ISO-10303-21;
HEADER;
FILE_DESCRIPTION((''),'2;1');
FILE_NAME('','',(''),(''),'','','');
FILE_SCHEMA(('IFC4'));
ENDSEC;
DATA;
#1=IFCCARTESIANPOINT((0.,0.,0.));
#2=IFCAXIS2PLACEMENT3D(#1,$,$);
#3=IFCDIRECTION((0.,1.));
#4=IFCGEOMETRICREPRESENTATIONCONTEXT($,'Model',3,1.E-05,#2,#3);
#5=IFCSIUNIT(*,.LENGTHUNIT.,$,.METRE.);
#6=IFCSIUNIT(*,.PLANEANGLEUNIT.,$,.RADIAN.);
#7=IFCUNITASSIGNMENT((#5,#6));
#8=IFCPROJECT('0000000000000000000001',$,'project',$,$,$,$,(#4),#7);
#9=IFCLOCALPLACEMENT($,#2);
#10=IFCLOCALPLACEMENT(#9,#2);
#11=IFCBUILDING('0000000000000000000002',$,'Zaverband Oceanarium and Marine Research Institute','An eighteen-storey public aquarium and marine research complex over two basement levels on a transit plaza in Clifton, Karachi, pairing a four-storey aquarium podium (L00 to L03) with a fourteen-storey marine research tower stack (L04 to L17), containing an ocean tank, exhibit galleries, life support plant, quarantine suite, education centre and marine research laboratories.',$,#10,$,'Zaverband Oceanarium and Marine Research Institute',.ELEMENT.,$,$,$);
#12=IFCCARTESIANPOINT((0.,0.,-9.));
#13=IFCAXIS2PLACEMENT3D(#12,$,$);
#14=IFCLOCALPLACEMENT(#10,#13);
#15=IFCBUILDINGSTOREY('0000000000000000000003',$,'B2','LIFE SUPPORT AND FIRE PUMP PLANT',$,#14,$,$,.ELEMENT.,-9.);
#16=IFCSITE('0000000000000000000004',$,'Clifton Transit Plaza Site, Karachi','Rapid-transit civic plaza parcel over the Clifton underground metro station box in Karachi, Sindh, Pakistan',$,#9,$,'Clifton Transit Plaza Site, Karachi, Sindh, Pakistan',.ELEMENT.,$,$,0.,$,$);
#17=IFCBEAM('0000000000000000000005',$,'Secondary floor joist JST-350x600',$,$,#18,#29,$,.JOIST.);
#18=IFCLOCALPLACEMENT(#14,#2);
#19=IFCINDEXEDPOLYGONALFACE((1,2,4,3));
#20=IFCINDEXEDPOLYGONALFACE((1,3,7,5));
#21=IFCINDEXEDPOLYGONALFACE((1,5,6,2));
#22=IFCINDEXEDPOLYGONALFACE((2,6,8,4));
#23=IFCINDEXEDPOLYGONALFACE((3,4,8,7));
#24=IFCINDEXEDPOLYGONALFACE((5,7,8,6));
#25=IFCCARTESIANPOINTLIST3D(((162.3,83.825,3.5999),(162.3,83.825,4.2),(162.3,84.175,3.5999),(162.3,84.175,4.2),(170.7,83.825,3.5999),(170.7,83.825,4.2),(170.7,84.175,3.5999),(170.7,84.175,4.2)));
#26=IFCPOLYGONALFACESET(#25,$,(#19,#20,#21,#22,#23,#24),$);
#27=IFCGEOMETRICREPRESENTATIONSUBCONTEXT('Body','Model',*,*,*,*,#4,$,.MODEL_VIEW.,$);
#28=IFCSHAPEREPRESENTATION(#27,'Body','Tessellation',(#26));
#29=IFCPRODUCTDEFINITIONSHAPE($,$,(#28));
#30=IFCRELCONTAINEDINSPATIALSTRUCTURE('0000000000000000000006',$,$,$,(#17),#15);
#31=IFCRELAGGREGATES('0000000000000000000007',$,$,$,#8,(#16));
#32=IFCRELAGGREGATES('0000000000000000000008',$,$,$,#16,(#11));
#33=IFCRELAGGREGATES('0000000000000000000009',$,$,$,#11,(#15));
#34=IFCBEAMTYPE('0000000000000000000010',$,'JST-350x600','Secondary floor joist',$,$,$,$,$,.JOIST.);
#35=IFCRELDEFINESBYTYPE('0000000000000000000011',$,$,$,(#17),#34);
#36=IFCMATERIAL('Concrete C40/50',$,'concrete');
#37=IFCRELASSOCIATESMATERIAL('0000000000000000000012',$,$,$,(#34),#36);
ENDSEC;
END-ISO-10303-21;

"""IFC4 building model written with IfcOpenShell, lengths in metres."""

from ifc_helpers import new_model, si_unit, direction, frame, origin, origin_2d, place, context, subcontext, project, spatial, rectangle, extrude, material, material_profile, profile_set, type_object, element, save


model = new_model("IFC4")

# Units and contexts
model_context = context("Model", 3, precision=1e-05, world=origin(), true_north=direction((0.0, 1.0)))
body_context = subcontext(model_context, "Body", "Model", "MODEL_VIEW")
ifc_project = project(units=[si_unit("LENGTHUNIT", "METRE"), si_unit("PLANEANGLEUNIT", "RADIAN")], contexts=[model_context])

# Site, building, storey
site_placement = place(None, origin())
site = spatial("IfcSite", under=ifc_project, at=site_placement, Name="Clifton Transit Plaza Site, Karachi", Description="Rapid-transit civic plaza parcel over the Clifton underground metro station box in Karachi, Sindh, Pakistan", LongName="Clifton Transit Plaza Site, Karachi, Sindh, Pakistan", CompositionType="ELEMENT", RefElevation=0.0)
building_placement = place(site_placement, origin())
building = spatial("IfcBuilding", under=site, at=building_placement, Name="Zaverband Oceanarium and Marine Research Institute", Description="An eighteen-storey public aquarium and marine research complex over two basement levels on a transit plaza in Clifton, Karachi, pairing a four-storey aquarium podium (L00 to L03) with a fourteen-storey marine research tower stack (L04 to L17), containing an ocean tank, exhibit galleries, life support plant, quarantine suite, education centre and marine research laboratories.", LongName="Zaverband Oceanarium and Marine Research Institute", CompositionType="ELEMENT")
storey_placement = place(building_placement, frame((0.0, 0.0, -9.0)))
storey = spatial("IfcBuildingStorey", under=building, at=storey_placement, Name="B2", Description="LIFE SUPPORT AND FIRE PUMP PLANT", CompositionType="ELEMENT", Elevation=-9.0)

# Beam
ifc_material_1 = material(Name="Concrete C40/50", Category="concrete")
ifc_material_profile_1 = material_profile(ifc_material_1, rectangle(XDim=0.3501, YDim=0.6001, at=origin_2d()), Name="RC350x600")
ifc_profile_set_1 = profile_set([ifc_material_profile_1], Name="Concrete C40/50")
beam_type_1 = type_object("IfcBeamType", Name="JST-350x600", Description="Secondary floor joist", PredefinedType="JOIST", material=ifc_profile_set_1)
for number, where, z_axis, x_axis, name in (
    (1, (162.3, 84.0, 3.8999), (1.0, 0.0, 0.0), (0.0, 1.0, 0.0), "Secondary floor joist JST-350x600"),
):
    element("IfcBeam", number, at=place(storey_placement, frame(where, z_axis=z_axis, x_axis=x_axis)), inside=storey, type_object=beam_type_1, Name=name, PredefinedType="JOIST", context=body_context, shape_type="SweptSolid", body=[
        extrude(rectangle(XDim=0.3501, YDim=0.6001, at=origin_2d()), origin(), (0.0, 0.0, 1.0), 8.3999),
    ])

save(model, "model.ifc")
